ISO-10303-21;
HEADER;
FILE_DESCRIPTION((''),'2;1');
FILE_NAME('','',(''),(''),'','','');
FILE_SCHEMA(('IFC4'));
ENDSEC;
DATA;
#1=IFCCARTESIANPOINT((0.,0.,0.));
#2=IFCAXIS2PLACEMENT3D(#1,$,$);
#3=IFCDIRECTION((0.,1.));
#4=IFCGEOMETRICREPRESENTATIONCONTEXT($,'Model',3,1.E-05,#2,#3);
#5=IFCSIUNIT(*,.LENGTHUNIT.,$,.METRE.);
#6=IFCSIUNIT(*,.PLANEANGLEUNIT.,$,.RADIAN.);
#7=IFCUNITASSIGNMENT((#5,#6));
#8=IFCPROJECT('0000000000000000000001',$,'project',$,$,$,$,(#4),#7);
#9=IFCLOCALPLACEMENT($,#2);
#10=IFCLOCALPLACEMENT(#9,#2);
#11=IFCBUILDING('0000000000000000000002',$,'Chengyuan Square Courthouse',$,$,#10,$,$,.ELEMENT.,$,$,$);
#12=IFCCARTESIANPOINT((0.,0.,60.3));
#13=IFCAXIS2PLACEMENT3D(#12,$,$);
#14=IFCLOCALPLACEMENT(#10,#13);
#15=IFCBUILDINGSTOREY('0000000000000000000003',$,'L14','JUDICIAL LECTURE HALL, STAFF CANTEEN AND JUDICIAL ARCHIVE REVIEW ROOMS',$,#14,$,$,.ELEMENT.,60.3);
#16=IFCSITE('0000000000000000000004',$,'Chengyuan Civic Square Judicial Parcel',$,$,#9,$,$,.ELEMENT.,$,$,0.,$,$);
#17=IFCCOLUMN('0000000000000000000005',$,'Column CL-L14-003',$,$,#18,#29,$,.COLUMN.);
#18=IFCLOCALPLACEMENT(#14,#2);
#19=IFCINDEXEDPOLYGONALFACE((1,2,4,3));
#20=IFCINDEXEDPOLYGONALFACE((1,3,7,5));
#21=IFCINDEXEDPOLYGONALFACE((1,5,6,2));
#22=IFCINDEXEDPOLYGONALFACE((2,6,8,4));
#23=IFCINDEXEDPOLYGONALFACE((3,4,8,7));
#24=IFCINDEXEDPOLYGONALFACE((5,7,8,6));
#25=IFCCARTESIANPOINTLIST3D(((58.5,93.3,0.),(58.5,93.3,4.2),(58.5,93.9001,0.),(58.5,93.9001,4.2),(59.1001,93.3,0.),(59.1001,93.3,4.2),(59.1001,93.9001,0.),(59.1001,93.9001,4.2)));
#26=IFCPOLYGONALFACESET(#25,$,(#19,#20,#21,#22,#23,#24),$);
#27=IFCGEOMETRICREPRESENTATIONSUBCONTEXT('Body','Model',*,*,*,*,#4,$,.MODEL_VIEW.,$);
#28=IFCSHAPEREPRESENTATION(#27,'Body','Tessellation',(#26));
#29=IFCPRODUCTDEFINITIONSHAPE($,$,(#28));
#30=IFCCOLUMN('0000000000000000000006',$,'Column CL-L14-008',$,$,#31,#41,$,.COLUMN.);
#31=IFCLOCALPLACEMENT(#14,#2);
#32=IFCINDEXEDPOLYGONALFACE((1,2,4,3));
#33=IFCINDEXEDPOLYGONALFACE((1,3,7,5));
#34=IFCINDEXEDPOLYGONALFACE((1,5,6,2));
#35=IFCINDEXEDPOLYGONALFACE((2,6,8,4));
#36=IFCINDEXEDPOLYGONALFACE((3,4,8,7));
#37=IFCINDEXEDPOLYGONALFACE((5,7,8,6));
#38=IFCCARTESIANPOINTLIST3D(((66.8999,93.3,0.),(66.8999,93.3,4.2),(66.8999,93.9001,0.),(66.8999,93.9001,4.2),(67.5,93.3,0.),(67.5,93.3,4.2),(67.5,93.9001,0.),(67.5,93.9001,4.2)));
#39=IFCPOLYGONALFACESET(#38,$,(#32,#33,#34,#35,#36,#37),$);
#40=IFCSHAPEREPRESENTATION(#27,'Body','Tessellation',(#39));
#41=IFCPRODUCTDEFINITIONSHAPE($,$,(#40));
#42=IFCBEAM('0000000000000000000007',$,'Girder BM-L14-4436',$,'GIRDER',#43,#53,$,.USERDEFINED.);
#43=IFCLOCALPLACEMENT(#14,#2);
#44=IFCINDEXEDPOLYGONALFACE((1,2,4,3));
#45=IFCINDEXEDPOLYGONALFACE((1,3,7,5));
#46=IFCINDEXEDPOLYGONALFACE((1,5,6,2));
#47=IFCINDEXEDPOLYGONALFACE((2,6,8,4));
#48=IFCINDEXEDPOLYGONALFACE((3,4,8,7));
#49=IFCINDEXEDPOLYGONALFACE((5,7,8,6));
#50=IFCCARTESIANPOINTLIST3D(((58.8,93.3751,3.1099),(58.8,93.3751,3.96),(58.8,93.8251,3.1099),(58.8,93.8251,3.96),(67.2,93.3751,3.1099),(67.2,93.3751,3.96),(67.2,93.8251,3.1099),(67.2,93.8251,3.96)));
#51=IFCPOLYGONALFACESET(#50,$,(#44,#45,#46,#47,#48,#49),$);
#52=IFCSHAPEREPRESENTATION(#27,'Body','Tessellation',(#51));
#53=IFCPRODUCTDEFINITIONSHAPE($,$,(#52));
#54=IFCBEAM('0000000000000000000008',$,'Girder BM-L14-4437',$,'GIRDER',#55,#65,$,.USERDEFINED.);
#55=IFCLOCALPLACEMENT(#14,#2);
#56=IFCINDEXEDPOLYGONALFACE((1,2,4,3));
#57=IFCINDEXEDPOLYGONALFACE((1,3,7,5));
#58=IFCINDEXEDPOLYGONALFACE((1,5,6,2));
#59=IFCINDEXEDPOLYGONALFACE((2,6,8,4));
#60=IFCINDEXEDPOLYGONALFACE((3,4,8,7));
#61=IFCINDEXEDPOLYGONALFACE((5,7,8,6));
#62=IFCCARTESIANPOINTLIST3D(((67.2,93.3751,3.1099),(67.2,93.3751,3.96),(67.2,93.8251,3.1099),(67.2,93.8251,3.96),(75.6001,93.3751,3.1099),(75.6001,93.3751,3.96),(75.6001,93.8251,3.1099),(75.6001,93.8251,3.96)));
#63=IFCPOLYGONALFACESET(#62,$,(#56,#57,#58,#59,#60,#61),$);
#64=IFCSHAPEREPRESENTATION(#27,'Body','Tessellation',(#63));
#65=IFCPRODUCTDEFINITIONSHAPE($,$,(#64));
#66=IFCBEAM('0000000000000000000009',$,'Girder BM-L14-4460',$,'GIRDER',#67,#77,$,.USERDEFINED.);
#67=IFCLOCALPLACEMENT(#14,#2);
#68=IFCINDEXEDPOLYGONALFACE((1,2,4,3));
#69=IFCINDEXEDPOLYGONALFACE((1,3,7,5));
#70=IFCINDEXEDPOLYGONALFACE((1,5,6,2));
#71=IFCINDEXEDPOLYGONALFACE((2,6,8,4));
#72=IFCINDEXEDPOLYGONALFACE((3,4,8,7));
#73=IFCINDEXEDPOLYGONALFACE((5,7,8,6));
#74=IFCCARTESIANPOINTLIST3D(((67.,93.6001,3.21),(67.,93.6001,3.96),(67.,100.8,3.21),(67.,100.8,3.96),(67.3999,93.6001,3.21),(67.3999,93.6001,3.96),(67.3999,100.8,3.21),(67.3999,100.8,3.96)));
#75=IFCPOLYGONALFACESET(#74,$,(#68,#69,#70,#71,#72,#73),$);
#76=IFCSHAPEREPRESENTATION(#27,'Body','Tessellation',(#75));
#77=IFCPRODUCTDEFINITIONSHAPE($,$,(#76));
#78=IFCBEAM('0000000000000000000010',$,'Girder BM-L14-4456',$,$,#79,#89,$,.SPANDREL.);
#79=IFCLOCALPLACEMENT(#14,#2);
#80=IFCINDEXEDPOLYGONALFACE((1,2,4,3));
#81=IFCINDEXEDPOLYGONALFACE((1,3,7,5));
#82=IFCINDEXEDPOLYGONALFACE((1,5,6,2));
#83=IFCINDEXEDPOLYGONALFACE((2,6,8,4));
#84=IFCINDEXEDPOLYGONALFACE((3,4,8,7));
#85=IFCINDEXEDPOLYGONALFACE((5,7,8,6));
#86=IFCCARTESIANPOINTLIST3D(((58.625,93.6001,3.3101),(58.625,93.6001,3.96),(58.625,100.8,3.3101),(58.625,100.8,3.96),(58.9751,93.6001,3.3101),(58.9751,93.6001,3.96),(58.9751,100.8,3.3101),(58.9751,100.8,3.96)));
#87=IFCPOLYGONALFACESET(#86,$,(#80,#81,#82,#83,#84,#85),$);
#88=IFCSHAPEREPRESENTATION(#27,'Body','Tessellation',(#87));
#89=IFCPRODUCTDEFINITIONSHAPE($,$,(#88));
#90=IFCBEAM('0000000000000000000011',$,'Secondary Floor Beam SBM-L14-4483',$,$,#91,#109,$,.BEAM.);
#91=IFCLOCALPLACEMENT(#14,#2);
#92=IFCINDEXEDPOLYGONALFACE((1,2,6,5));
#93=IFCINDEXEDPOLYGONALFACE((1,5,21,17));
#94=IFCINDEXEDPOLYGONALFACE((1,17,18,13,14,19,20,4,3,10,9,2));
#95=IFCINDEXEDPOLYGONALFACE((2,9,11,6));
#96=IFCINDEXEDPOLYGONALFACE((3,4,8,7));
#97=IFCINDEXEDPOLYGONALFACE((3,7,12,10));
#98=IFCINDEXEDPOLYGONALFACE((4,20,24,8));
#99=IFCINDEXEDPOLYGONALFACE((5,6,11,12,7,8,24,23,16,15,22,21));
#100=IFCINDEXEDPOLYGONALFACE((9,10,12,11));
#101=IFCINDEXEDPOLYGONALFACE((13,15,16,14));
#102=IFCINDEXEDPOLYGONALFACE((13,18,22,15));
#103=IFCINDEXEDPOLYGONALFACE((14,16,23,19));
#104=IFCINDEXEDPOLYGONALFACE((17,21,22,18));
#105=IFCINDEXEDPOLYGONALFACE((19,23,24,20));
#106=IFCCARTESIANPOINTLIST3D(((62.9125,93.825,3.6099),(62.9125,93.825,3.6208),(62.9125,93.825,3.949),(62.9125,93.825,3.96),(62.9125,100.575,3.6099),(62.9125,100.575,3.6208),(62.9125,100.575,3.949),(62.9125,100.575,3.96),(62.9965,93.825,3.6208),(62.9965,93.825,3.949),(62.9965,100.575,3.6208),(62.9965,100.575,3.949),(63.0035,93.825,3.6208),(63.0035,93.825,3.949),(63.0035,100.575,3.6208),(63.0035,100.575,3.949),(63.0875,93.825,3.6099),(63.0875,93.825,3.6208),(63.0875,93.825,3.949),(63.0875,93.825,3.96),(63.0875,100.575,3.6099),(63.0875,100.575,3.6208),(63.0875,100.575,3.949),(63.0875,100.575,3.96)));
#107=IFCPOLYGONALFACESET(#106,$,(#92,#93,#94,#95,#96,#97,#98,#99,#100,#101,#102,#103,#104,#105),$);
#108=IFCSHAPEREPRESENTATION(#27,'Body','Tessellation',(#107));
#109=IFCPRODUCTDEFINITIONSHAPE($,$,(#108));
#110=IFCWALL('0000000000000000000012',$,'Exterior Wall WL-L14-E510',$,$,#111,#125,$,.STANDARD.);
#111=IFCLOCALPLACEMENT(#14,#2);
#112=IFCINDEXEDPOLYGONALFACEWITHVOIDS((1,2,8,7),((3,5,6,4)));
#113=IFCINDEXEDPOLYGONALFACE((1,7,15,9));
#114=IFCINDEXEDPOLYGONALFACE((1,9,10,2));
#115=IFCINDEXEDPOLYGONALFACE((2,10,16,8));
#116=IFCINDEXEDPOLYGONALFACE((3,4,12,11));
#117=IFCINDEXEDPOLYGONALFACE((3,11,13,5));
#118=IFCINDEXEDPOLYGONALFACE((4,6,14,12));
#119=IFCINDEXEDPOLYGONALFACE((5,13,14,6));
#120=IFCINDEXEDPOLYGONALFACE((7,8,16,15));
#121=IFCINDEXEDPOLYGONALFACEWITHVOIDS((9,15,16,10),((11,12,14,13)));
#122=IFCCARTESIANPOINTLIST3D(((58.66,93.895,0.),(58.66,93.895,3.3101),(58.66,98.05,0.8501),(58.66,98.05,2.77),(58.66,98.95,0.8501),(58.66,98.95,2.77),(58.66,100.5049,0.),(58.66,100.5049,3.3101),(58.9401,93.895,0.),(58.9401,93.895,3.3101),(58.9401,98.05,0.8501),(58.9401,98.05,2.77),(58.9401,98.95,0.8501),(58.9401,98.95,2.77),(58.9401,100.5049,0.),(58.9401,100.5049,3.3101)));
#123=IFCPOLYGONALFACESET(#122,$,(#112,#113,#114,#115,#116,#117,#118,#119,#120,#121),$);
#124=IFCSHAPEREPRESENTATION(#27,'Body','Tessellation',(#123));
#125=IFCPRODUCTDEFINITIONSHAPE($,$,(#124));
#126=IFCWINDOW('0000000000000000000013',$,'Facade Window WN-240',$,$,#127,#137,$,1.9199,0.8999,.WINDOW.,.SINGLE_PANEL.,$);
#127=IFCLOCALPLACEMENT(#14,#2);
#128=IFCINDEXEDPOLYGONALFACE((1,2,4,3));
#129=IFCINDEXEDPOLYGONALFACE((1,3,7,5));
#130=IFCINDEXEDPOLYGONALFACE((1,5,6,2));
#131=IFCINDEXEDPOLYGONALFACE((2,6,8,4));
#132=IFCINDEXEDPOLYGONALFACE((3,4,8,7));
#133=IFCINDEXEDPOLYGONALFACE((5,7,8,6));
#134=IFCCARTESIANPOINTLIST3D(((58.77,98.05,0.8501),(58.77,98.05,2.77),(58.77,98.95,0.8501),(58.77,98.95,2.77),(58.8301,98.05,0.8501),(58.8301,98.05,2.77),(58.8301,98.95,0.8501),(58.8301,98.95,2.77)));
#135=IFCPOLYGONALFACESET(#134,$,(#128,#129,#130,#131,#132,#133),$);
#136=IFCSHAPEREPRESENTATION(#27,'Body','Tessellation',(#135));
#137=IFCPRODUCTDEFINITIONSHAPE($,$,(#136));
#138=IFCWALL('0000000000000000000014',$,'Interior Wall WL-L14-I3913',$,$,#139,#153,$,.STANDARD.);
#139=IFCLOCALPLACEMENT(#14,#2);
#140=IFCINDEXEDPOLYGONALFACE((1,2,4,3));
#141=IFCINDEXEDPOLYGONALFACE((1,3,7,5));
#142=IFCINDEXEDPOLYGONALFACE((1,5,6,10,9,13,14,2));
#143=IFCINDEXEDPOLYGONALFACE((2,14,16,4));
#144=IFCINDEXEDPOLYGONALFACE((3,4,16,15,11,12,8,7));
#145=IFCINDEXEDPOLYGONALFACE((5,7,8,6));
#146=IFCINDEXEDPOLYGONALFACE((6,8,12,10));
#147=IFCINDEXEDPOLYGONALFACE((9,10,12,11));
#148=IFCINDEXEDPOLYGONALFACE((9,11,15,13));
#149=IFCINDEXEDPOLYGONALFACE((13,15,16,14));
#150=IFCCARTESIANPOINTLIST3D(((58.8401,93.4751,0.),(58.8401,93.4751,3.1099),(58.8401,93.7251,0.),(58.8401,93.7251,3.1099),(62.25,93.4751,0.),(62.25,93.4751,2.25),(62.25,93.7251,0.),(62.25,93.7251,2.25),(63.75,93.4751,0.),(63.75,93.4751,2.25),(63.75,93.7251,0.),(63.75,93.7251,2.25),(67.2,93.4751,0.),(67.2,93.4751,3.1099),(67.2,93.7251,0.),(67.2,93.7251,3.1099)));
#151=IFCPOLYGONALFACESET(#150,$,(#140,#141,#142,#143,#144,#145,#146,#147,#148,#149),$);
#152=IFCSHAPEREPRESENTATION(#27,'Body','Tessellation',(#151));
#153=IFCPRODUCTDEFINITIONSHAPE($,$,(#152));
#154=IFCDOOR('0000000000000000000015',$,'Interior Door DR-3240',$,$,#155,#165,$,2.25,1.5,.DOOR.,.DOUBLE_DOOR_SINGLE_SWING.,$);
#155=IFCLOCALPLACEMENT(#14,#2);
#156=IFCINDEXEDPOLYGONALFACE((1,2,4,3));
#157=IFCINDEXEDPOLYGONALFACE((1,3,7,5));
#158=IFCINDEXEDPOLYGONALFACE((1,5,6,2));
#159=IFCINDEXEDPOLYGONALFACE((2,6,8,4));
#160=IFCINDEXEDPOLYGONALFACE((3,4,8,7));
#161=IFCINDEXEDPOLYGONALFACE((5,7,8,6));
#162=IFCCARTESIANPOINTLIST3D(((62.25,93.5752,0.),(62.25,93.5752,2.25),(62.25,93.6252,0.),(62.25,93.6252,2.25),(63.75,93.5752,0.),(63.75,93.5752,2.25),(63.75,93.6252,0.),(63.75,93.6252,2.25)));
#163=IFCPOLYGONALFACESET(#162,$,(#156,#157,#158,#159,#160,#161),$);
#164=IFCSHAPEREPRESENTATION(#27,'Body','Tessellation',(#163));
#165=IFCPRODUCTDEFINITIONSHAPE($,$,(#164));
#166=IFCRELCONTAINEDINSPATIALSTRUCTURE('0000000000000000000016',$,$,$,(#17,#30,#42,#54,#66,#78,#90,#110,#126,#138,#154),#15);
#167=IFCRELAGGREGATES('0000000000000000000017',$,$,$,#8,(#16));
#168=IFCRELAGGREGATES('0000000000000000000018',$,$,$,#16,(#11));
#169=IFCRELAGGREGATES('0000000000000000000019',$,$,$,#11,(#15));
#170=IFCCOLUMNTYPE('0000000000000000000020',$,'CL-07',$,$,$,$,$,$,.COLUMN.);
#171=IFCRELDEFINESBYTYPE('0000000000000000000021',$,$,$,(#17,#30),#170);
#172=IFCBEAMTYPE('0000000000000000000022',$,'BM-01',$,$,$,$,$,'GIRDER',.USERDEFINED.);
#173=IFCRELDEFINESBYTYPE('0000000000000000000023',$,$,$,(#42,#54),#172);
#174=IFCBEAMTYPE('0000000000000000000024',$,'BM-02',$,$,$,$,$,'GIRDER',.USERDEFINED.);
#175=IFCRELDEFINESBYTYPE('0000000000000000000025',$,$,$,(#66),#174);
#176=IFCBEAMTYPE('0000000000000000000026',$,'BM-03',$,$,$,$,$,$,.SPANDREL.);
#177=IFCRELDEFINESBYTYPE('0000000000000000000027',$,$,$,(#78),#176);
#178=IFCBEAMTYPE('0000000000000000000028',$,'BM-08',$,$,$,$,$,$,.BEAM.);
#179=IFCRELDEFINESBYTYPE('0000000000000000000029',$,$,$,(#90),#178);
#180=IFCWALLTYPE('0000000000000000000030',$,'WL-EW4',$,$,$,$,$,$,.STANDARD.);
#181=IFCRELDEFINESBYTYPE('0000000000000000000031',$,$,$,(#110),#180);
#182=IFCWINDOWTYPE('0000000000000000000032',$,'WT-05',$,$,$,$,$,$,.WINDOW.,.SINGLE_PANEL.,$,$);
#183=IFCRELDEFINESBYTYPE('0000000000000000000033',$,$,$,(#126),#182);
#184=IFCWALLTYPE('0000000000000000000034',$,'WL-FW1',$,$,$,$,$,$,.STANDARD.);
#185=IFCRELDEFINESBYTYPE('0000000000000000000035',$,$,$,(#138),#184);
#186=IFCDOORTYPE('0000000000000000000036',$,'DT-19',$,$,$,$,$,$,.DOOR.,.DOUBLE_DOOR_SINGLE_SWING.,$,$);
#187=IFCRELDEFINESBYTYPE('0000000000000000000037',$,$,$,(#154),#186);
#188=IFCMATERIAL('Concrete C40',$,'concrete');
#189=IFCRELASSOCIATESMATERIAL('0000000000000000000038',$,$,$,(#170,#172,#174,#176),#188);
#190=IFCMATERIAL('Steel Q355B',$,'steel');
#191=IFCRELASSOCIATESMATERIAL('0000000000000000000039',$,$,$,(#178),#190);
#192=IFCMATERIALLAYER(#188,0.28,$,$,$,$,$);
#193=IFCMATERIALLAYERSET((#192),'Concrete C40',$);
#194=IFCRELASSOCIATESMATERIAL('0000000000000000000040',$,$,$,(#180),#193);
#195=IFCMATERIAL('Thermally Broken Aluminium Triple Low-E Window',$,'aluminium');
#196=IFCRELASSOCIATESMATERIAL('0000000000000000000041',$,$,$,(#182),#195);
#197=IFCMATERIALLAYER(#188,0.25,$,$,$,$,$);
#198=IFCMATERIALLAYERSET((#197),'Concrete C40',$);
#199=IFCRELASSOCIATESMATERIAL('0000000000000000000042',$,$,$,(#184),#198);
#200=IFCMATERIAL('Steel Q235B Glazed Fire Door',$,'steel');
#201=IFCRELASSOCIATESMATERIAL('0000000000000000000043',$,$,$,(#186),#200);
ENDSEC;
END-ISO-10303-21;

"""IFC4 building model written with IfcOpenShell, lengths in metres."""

from ifc_helpers import new_model, si_unit, direction, frame, frame_2d, origin, origin_2d, place, context, subcontext, project, spatial, rectangle, i_section, extrude, material, layer, layer_set, material_profile, profile_set, type_object, element, fill, save


model = new_model("IFC4")

# Units and contexts
model_context = context("Model", 3, precision=1e-05, world=origin(), true_north=direction((0.0, 1.0)))
body_context = subcontext(model_context, "Body", "Model", "MODEL_VIEW")
ifc_project = project(units=[si_unit("LENGTHUNIT", "METRE"), si_unit("PLANEANGLEUNIT", "RADIAN")], contexts=[model_context])

# Site, building, storey
site_placement = place(None, origin())
site = spatial("IfcSite", under=ifc_project, at=site_placement, Name="Chengyuan Civic Square Judicial Parcel", CompositionType="ELEMENT", RefElevation=0.0)
building_placement = place(site_placement, origin())
building = spatial("IfcBuilding", under=site, at=building_placement, Name="Chengyuan Square Courthouse", CompositionType="ELEMENT")
storey_placement = place(building_placement, frame((0.0, 0.0, 60.3)))
storey = spatial("IfcBuildingStorey", under=building, at=storey_placement, Name="L14", Description="JUDICIAL LECTURE HALL, STAFF CANTEEN AND JUDICIAL ARCHIVE REVIEW ROOMS", CompositionType="ELEMENT", Elevation=60.3)

# Columns
ifc_material_1 = material(Name="Concrete C40", Category="concrete")
ifc_material_profile_1 = material_profile(ifc_material_1, rectangle(XDim=0.6001, YDim=0.6001, at=origin_2d()), Name="RC-COL-600x600")
ifc_profile_set_1 = profile_set([ifc_material_profile_1], Name="Concrete C40")
column_type = type_object("IfcColumnType", Name="CL-07", PredefinedType="COLUMN", material=ifc_profile_set_1)
for number, where, z_axis, x_axis, name in (
    (1, (58.8, 93.6001, 0.0), (0.0, 0.0, 1.0), (1.0, 0.0, 0.0), "Column CL-L14-003"),
    (2, (67.2, 93.6001, 0.0), (0.0, 0.0, 1.0), (1.0, 0.0, 0.0), "Column CL-L14-008"),
):
    element("IfcColumn", number, at=place(storey_placement, frame(where, z_axis=z_axis, x_axis=x_axis)), inside=storey, type_object=column_type, Name=name, PredefinedType="COLUMN", context=body_context, shape_type="SweptSolid", body=[
        extrude(rectangle(XDim=0.6001, YDim=0.6001, at=origin_2d()), origin(), (0.0, 0.0, 1.0), 4.2),
    ])

# Beams
ifc_material_profile_2 = material_profile(ifc_material_1, rectangle(XDim=0.45, YDim=0.8501, at=origin_2d()), Name="RC-BM-450x850")
ifc_profile_set_2 = profile_set([ifc_material_profile_2], Name="Concrete C40")
beam_type_1 = type_object("IfcBeamType", Name="BM-01", ElementType="GIRDER", PredefinedType="USERDEFINED", material=ifc_profile_set_2)
beam_1_placement = place(storey_placement, frame((58.8, 93.6001, 3.5349), z_axis=(1.0, 0.0, 0.0), x_axis=(0.0, 1.0, 0.0)))
element("IfcBeam", 3, at=beam_1_placement, inside=storey, type_object=beam_type_1, Name="Girder BM-L14-4436", ObjectType="GIRDER", PredefinedType="USERDEFINED", context=body_context, shape_type="SweptSolid", body=[
    extrude(rectangle(XDim=0.45, YDim=0.8501, at=origin_2d()), origin(), (0.0, 0.0, 1.0), 8.3999),
])
beam_2_placement = place(storey_placement, frame((67.2, 93.6001, 3.5349), z_axis=(1.0, 0.0, 0.0), x_axis=(0.0, 1.0, 0.0)))
element("IfcBeam", 4, at=beam_2_placement, inside=storey, type_object=beam_type_1, Name="Girder BM-L14-4437", ObjectType="GIRDER", PredefinedType="USERDEFINED", context=body_context, shape_type="SweptSolid", body=[
    extrude(rectangle(XDim=0.45, YDim=0.8501, at=origin_2d()), origin(), (0.0, 0.0, 1.0), 8.4001),
])
ifc_material_profile_3 = material_profile(ifc_material_1, rectangle(XDim=0.3999, YDim=0.75, at=origin_2d()), Name="RC-BM-400x750")
ifc_profile_set_3 = profile_set([ifc_material_profile_3], Name="Concrete C40")
beam_type_2 = type_object("IfcBeamType", Name="BM-02", ElementType="GIRDER", PredefinedType="USERDEFINED", material=ifc_profile_set_3)
beam_3_placement = place(storey_placement, frame((67.2, 93.6001, 3.585), z_axis=(0.0, 1.0, 0.0), x_axis=(-1.0, 0.0, 0.0)))
element("IfcBeam", 5, at=beam_3_placement, inside=storey, type_object=beam_type_2, Name="Girder BM-L14-4460", ObjectType="GIRDER", PredefinedType="USERDEFINED", context=body_context, shape_type="SweptSolid", body=[
    extrude(rectangle(XDim=0.3999, YDim=0.75, at=origin_2d()), origin(), (0.0, 0.0, 1.0), 7.2),
])
ifc_material_profile_4 = material_profile(ifc_material_1, rectangle(XDim=0.3501, YDim=0.6499, at=origin_2d()), Name="RC-BM-350x650")
ifc_profile_set_4 = profile_set([ifc_material_profile_4], Name="Concrete C40")
beam_type_3 = type_object("IfcBeamType", Name="BM-03", PredefinedType="SPANDREL", material=ifc_profile_set_4)
beam_4_placement = place(storey_placement, frame((58.8, 93.6001, 3.635), z_axis=(0.0, 1.0, 0.0), x_axis=(-1.0, 0.0, 0.0)))
element("IfcBeam", 6, at=beam_4_placement, inside=storey, type_object=beam_type_3, Name="Girder BM-L14-4456", PredefinedType="SPANDREL", context=body_context, shape_type="SweptSolid", body=[
    extrude(rectangle(XDim=0.3501, YDim=0.6499, at=origin_2d()), origin(), (0.0, 0.0, 1.0), 7.2),
])
ifc_material_2 = material(Name="Steel Q355B", Category="steel")
ifc_material_profile_5 = material_profile(ifc_material_2, i_section(OverallWidth=0.175, OverallDepth=0.3501, WebThickness=0.0071, FlangeThickness=0.011, at=origin_2d()), Name="HN 350x175x7x11")
ifc_profile_set_5 = profile_set([ifc_material_profile_5], Name="Steel Q355B")
beam_type_4 = type_object("IfcBeamType", Name="BM-08", PredefinedType="BEAM", material=ifc_profile_set_5)
beam_5_placement = place(storey_placement, frame((63.0, 93.825, 3.7849), z_axis=(0.0, 1.0, 0.0), x_axis=(-1.0, 0.0, 0.0)))
element("IfcBeam", 7, at=beam_5_placement, inside=storey, type_object=beam_type_4, Name="Secondary Floor Beam SBM-L14-4483", PredefinedType="BEAM", context=body_context, shape_type="SweptSolid", body=[
    extrude(i_section(OverallWidth=0.175, OverallDepth=0.3501, WebThickness=0.0071, FlangeThickness=0.011, at=origin_2d()), origin(), (0.0, 0.0, 1.0), 6.75),
])

# Wall, opening, window
ifc_layer_1 = layer(ifc_material_1, 0.28)
ifc_layer_set_1 = layer_set([ifc_layer_1], Name="Concrete C40")
wall_type_1 = type_object("IfcWallType", Name="WL-EW4", PredefinedType="STANDARD", material=ifc_layer_set_1)
wall_1_placement = place(storey_placement, frame((58.8, 93.895, 0.0), z_axis=(0.0, 0.0, 1.0), x_axis=(0.0, 1.0, 0.0)))
wall_1 = element("IfcWall", 8, at=wall_1_placement, inside=storey, type_object=wall_type_1, Name="Exterior Wall WL-L14-E510", PredefinedType="STANDARD", context=body_context, shape_type="SweptSolid", body=[
    extrude(rectangle(XDim=6.6099, YDim=0.28, at=frame_2d((3.3049, 0.0))), origin(), (0.0, 0.0, 1.0), 3.3101),
])
opening_1_placement = place(wall_1_placement, frame((4.155, 0.0, 0.8501)))
opening_1 = element("IfcOpeningElement", 9, at=opening_1_placement, cuts=wall_1, PredefinedType="OPENING", context=body_context, shape_type="SweptSolid", body=[
    extrude(rectangle(XDim=0.8999, YDim=1.9199, at=frame_2d((0.45, 0.96))), frame((0.0, 0.1521, 0.0), z_axis=(0.0, -1.0, 0.0), x_axis=(1.0, 0.0, 0.0)), (0.0, 0.0, 1.0), 0.304),
])
ifc_material_3 = material(Name="Thermally Broken Aluminium Triple Low-E Window", Category="aluminium")
window_type = type_object("IfcWindowType", Name="WT-05", PartitioningType="SINGLE_PANEL", PredefinedType="WINDOW", material=ifc_material_3)
window_placement = place(opening_1_placement, origin())
window = element("IfcWindow", 10, at=window_placement, inside=storey, type_object=window_type, Name="Facade Window WN-240", OverallHeight=1.9199, OverallWidth=0.8999, PartitioningType="SINGLE_PANEL", PredefinedType="WINDOW", context=body_context, shape_type="SweptSolid", body=[
    extrude(rectangle(XDim=0.8999, YDim=1.9199, at=frame_2d((0.45, 0.96))), frame((0.0, 0.03, 0.0), z_axis=(0.0, -1.0, 0.0), x_axis=(1.0, 0.0, 0.0)), (0.0, 0.0, 1.0), 0.0601),
])
fill(opening_1, window)

# Wall, opening, door
ifc_layer_2 = layer(ifc_material_1, 0.25)
ifc_layer_set_2 = layer_set([ifc_layer_2], Name="Concrete C40")
wall_type_2 = type_object("IfcWallType", Name="WL-FW1", PredefinedType="STANDARD", material=ifc_layer_set_2)
wall_2_placement = place(storey_placement, frame((58.8401, 93.6001, 0.0), z_axis=(0.0, 0.0, 1.0), x_axis=(1.0, 0.0, 0.0)))
wall_2 = element("IfcWall", 11, at=wall_2_placement, inside=storey, type_object=wall_type_2, Name="Interior Wall WL-L14-I3913", PredefinedType="STANDARD", context=body_context, shape_type="SweptSolid", body=[
    extrude(rectangle(XDim=8.3599, YDim=0.25, at=frame_2d((4.1799, 0.0))), origin(), (0.0, 0.0, 1.0), 3.1099),
])
opening_2_placement = place(wall_2_placement, frame((3.4099, 0.0, 0.0)))
opening_2 = element("IfcOpeningElement", 12, at=opening_2_placement, cuts=wall_2, PredefinedType="OPENING", context=body_context, shape_type="SweptSolid", body=[
    extrude(rectangle(XDim=1.5, YDim=2.25, at=frame_2d((0.75, 1.125))), frame((0.0, 0.137, 0.0), z_axis=(0.0, -1.0, 0.0), x_axis=(1.0, 0.0, 0.0)), (0.0, 0.0, 1.0), 0.2739),
])
ifc_material_4 = material(Name="Steel Q235B Glazed Fire Door", Category="steel")
door_type_1 = type_object("IfcDoorType", Name="DT-19", OperationType="DOUBLE_DOOR_SINGLE_SWING", PredefinedType="DOOR", material=ifc_material_4)
door_1_placement = place(opening_2_placement, frame((1.5, 0.0, 0.0), z_axis=(0.0, 0.0, 1.0), x_axis=(-1.0, 0.0, 0.0)))
door_1 = element("IfcDoor", 13, at=door_1_placement, inside=storey, type_object=door_type_1, Name="Interior Door DR-3240", OperationType="DOUBLE_DOOR_SINGLE_SWING", OverallHeight=2.25, OverallWidth=1.5, PredefinedType="DOOR", context=body_context, shape_type="SweptSolid", body=[
    extrude(rectangle(XDim=1.5, YDim=2.25, at=frame_2d((0.75, 1.125))), frame((0.0, 0.0249, 0.0), z_axis=(0.0, -1.0, 0.0), x_axis=(1.0, 0.0, 0.0)), (0.0, 0.0, 1.0), 0.05),
])
fill(opening_2, door_1)

save(model, "model.ifc")
